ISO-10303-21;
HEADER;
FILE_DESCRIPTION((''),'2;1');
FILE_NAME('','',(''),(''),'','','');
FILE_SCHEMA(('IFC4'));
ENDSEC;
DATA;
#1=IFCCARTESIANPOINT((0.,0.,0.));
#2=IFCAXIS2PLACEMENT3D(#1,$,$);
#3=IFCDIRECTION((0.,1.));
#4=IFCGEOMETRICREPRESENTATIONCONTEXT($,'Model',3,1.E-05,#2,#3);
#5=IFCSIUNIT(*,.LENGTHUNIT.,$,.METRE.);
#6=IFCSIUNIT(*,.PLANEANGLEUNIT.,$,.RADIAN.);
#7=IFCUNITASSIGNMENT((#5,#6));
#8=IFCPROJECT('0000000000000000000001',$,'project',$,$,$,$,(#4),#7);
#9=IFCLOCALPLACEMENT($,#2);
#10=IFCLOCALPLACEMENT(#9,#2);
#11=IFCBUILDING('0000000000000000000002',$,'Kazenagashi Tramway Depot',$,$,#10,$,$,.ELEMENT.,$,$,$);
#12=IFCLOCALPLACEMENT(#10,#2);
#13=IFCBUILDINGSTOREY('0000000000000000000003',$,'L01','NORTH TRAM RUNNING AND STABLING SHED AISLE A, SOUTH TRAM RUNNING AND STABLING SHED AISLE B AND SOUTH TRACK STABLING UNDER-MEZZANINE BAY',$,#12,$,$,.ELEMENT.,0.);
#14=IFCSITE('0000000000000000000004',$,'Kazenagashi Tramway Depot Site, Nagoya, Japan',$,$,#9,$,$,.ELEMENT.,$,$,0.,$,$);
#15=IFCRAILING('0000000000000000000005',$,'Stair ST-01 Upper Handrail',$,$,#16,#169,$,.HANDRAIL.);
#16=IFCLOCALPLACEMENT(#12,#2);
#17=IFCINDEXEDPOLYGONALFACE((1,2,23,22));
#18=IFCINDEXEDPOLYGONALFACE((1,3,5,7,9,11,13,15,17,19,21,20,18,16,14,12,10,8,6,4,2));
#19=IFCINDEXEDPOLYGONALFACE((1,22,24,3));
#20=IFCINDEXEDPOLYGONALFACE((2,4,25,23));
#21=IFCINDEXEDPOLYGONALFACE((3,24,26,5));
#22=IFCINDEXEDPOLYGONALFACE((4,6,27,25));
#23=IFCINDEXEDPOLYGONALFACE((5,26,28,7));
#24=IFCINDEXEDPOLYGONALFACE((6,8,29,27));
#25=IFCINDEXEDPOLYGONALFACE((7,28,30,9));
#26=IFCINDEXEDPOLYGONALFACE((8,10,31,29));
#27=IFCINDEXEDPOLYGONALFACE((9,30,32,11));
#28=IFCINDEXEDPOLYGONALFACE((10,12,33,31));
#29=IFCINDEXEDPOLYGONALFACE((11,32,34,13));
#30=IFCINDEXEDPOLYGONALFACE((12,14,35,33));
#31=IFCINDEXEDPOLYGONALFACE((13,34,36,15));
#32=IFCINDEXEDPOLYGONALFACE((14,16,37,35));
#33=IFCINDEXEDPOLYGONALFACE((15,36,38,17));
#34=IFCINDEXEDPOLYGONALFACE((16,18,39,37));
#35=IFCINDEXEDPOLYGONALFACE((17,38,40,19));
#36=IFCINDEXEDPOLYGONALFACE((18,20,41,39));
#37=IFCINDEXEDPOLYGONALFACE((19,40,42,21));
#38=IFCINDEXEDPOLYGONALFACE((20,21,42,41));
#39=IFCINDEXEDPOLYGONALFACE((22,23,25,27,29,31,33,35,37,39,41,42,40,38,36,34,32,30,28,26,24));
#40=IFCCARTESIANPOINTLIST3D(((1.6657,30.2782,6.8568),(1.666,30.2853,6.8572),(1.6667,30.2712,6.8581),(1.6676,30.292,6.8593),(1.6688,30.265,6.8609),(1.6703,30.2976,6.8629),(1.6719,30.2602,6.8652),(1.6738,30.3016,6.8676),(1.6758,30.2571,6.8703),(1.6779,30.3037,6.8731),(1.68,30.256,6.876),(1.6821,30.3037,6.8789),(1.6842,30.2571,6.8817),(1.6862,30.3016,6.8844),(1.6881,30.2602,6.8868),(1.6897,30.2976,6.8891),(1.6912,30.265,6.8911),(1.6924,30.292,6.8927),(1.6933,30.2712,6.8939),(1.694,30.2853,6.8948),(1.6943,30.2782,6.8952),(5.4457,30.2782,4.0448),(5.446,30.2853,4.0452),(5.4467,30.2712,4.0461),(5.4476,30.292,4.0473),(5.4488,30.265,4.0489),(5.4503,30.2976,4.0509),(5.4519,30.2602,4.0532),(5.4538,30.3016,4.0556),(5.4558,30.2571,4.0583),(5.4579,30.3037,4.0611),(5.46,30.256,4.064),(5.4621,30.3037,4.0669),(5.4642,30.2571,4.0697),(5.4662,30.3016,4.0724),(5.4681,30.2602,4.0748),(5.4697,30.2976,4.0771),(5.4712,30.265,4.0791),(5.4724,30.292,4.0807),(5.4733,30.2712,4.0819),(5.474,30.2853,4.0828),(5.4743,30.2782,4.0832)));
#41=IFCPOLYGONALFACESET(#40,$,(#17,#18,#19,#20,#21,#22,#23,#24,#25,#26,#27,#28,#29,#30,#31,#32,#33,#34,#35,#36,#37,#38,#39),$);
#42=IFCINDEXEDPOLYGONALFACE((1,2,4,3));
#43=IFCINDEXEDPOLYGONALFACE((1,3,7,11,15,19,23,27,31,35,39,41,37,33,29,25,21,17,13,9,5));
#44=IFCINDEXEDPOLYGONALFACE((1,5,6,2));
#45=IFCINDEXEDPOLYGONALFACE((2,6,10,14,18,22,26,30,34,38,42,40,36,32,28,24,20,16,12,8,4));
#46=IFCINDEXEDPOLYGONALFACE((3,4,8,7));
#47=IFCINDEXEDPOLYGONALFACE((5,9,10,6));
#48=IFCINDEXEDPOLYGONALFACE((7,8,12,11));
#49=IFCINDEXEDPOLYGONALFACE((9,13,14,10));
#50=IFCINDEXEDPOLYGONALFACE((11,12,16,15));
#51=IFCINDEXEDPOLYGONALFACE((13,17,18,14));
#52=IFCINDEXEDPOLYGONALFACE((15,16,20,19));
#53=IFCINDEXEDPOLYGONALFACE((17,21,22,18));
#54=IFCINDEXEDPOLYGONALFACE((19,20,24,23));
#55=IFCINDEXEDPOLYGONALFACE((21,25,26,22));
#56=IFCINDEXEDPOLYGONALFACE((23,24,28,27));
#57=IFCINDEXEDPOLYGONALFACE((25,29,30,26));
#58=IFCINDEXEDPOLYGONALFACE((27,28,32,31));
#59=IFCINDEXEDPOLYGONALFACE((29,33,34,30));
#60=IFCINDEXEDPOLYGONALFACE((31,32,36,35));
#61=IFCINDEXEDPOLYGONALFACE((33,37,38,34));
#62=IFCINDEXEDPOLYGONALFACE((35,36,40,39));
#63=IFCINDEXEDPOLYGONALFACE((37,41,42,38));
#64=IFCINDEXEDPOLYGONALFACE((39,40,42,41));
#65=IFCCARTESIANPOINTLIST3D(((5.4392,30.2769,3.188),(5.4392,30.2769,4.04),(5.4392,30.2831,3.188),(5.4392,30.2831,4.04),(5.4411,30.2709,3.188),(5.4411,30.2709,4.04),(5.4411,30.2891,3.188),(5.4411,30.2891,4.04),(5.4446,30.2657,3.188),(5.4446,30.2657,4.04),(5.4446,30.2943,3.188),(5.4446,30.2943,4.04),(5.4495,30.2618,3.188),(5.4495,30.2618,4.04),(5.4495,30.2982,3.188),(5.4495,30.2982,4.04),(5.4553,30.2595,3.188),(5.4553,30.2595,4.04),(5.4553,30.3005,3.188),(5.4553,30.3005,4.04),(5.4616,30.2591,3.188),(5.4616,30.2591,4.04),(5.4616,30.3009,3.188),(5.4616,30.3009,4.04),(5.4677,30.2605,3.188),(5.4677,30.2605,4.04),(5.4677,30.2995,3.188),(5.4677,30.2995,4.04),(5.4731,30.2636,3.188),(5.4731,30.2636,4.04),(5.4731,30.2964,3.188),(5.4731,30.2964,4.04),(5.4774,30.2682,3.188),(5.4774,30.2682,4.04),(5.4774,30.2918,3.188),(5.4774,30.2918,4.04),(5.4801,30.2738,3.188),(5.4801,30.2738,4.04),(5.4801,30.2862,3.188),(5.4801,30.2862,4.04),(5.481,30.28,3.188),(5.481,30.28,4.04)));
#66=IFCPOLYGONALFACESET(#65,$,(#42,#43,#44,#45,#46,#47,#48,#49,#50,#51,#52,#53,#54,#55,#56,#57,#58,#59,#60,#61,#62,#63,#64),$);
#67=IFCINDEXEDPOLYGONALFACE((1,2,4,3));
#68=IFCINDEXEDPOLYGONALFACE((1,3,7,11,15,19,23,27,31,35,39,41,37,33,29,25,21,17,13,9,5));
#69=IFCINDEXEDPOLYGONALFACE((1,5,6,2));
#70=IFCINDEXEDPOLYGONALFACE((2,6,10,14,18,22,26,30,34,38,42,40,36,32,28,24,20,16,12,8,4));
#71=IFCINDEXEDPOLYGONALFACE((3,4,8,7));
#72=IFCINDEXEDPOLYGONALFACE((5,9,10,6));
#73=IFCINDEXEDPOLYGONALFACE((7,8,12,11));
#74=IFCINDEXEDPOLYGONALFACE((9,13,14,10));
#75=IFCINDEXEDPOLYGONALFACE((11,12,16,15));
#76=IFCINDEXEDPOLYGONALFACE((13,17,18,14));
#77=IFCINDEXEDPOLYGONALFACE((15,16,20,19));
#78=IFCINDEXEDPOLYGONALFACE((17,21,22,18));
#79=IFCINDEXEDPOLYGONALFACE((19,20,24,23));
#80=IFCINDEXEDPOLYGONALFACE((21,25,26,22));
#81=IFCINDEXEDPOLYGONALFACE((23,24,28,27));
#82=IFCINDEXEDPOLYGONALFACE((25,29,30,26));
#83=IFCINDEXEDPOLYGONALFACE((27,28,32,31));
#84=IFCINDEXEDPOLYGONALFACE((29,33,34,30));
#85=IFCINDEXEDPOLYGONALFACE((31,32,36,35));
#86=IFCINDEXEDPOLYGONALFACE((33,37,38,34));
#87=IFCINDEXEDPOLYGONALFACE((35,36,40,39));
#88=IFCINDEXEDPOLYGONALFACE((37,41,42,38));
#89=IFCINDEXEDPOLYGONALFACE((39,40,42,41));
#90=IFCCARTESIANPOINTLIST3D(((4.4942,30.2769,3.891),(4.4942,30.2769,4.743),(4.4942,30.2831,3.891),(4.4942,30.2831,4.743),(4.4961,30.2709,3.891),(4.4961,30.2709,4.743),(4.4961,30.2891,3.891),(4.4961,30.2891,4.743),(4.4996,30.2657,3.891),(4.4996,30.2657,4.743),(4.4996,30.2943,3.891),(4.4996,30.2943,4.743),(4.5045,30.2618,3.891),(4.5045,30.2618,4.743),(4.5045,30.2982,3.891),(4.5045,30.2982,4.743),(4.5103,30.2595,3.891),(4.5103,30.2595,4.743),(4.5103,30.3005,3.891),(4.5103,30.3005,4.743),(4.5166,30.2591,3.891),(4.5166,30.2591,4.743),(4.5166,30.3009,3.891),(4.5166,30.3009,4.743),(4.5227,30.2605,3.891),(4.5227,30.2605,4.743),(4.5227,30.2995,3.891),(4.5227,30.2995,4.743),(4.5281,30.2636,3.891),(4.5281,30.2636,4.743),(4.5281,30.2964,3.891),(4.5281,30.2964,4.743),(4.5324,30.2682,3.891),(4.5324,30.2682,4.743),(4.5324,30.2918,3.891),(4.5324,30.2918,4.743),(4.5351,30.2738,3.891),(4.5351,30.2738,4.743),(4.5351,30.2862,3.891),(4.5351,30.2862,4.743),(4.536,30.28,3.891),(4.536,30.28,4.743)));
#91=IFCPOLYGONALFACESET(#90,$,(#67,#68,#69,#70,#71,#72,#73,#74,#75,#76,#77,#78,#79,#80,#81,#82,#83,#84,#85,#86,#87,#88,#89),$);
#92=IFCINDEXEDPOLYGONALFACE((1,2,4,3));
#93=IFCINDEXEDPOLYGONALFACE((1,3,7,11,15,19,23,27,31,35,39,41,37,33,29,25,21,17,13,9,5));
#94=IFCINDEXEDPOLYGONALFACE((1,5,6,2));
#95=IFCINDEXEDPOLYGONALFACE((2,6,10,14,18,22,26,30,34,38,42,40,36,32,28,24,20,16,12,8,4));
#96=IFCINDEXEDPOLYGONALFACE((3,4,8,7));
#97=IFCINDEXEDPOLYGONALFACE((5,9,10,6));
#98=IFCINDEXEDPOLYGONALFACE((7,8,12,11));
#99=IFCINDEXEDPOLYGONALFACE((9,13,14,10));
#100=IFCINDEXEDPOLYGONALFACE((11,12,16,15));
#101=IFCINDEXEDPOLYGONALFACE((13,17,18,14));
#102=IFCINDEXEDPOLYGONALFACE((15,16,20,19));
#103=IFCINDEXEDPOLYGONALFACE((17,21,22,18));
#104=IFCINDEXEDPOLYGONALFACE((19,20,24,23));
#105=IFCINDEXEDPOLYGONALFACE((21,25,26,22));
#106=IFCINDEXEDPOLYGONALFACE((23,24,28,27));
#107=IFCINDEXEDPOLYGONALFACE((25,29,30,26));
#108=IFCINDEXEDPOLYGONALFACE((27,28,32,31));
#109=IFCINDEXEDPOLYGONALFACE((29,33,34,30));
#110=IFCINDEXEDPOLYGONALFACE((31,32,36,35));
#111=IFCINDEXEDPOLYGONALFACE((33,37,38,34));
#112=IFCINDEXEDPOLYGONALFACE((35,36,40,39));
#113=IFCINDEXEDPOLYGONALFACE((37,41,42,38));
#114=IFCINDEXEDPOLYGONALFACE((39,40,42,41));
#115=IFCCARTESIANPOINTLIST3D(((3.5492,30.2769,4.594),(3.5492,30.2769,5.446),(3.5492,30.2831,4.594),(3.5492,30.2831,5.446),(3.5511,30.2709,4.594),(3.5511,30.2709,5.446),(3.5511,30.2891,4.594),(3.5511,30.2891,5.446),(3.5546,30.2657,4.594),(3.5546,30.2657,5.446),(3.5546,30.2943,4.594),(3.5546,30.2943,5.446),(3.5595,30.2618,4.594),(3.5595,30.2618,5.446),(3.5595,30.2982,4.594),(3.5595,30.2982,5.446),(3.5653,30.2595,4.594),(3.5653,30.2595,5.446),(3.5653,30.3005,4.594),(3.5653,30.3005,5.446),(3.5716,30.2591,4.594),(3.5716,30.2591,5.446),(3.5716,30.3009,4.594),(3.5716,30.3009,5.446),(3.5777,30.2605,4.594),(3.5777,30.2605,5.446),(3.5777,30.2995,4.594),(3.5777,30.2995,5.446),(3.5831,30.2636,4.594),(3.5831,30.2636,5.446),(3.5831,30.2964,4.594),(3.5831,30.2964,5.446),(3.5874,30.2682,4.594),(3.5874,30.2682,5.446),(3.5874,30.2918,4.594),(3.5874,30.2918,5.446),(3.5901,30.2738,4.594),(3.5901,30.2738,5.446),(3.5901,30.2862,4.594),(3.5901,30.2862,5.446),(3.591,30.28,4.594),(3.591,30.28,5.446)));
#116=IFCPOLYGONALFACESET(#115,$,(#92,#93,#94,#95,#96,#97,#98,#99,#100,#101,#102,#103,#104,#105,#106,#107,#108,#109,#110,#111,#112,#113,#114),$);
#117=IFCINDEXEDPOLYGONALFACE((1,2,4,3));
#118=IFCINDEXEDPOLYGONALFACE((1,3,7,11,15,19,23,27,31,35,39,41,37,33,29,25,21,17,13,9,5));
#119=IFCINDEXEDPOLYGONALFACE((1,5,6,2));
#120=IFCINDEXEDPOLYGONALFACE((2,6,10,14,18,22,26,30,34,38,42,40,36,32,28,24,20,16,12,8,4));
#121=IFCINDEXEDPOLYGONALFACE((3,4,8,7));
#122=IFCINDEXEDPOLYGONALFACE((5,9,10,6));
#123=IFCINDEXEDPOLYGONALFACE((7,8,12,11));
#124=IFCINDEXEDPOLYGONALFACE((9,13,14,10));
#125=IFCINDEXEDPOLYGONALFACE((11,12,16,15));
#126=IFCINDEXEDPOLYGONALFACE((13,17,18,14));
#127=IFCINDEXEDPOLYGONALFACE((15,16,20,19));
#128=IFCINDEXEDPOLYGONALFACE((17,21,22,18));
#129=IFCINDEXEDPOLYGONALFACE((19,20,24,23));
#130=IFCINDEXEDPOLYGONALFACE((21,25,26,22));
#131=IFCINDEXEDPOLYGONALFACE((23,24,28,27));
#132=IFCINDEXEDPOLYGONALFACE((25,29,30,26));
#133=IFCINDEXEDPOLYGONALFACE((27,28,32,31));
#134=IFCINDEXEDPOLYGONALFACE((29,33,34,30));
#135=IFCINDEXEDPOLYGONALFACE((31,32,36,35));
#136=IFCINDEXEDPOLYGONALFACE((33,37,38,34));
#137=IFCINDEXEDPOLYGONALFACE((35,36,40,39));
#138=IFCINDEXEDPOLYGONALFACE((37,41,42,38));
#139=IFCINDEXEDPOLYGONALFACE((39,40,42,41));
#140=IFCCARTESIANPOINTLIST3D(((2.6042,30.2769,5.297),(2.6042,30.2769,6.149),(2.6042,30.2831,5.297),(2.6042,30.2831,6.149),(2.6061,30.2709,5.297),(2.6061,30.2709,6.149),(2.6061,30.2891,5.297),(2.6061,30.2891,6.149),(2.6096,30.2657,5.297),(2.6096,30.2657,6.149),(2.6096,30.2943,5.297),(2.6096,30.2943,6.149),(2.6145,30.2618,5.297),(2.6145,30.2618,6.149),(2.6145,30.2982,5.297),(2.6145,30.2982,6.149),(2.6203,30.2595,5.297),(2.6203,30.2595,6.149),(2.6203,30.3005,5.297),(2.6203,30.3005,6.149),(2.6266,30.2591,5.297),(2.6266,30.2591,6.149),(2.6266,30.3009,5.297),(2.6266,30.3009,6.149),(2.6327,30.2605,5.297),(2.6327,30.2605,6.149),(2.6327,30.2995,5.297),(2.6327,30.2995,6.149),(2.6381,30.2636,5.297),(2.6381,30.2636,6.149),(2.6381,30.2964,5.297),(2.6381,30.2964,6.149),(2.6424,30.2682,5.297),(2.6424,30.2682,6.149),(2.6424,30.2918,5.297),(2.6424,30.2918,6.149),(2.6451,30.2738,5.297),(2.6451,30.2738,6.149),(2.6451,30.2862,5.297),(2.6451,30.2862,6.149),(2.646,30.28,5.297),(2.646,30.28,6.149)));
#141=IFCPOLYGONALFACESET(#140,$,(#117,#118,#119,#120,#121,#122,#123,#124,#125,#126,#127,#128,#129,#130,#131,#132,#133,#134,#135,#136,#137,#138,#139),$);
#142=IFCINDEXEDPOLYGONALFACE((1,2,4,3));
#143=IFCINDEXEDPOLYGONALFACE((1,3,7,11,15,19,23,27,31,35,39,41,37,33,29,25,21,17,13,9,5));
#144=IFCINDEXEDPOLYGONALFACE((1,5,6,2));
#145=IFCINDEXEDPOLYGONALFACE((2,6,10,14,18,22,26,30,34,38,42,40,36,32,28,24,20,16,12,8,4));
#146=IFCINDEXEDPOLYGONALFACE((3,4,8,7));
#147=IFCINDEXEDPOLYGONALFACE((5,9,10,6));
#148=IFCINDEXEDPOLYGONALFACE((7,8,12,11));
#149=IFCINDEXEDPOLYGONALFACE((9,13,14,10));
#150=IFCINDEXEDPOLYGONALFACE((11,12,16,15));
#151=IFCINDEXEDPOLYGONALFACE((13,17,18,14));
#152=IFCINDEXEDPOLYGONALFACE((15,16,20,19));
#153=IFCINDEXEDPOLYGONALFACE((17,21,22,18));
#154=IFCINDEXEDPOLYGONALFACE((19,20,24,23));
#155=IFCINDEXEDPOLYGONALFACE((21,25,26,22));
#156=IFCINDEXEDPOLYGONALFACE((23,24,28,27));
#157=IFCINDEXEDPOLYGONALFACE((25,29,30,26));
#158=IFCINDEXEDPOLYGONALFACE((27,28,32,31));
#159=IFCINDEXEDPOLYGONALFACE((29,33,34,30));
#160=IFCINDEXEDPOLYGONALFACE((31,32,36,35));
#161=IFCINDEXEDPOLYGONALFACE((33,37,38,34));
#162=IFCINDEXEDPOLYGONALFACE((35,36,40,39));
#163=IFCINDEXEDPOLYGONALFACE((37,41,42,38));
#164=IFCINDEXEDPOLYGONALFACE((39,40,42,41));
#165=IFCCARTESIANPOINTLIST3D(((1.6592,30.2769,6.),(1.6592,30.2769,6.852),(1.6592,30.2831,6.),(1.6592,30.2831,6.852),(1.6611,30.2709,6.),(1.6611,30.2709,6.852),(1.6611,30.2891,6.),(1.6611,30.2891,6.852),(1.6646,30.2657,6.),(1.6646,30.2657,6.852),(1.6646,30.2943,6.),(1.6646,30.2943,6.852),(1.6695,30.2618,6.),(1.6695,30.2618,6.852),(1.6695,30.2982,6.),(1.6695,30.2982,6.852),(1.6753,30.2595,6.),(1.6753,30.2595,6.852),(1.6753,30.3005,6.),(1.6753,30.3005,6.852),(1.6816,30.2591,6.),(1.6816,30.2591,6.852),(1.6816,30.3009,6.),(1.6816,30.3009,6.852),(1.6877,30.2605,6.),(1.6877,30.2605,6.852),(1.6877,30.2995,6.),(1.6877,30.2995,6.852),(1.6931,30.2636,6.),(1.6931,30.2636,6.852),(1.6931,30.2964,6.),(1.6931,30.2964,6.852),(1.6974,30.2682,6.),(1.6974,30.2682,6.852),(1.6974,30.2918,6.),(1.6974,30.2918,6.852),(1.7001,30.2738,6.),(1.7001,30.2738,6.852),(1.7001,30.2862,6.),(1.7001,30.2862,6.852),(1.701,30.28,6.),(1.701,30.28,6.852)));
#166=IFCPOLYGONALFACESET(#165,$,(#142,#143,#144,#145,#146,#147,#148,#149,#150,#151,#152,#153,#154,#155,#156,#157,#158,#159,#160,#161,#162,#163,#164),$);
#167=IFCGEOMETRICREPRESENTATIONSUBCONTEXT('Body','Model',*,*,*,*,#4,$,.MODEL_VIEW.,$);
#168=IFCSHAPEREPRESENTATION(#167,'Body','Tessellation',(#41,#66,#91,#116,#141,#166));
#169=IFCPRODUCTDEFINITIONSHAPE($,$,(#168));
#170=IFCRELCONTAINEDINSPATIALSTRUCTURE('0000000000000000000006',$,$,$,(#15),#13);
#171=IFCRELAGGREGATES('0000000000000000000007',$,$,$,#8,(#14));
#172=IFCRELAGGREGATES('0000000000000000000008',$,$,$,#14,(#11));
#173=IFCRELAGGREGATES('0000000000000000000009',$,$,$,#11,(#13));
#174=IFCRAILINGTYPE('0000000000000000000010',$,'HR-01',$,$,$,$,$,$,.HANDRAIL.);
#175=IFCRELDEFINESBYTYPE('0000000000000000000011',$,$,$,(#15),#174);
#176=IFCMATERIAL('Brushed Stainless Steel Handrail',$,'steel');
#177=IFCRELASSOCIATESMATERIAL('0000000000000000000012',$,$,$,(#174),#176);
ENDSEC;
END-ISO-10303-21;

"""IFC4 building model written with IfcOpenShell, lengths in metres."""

from ifc_helpers import new_model, si_unit, direction, frame, origin, origin_2d, place, context, subcontext, project, spatial, circle, extrude, material, type_object, element, save


model = new_model("IFC4")

# Units and contexts
model_context = context("Model", 3, precision=1e-05, world=origin(), true_north=direction((0.0, 1.0)))
body_context = subcontext(model_context, "Body", "Model", "MODEL_VIEW")
ifc_project = project(units=[si_unit("LENGTHUNIT", "METRE"), si_unit("PLANEANGLEUNIT", "RADIAN")], contexts=[model_context])

# Site, building, storey
site_placement = place(None, origin())
site = spatial("IfcSite", under=ifc_project, at=site_placement, Name="Kazenagashi Tramway Depot Site, Nagoya, Japan", CompositionType="ELEMENT", RefElevation=0.0)
building_placement = place(site_placement, origin())
building = spatial("IfcBuilding", under=site, at=building_placement, Name="Kazenagashi Tramway Depot", CompositionType="ELEMENT")
storey_placement = place(building_placement, origin())
storey = spatial("IfcBuildingStorey", under=building, at=storey_placement, Name="L01", Description="NORTH TRAM RUNNING AND STABLING SHED AISLE A, SOUTH TRAM RUNNING AND STABLING SHED AISLE B AND SOUTH TRACK STABLING UNDER-MEZZANINE BAY", CompositionType="ELEMENT", Elevation=0.0)

# Railing
ifc_material_1 = material(Name="Brushed Stainless Steel Handrail", Category="steel")
railing_type = type_object("IfcRailingType", Name="HR-01", PredefinedType="HANDRAIL", material=ifc_material_1)
railing_1_placement = place(storey_placement, frame((5.46, 30.28, 3.188)))
element("IfcRailing", 1, at=railing_1_placement, inside=storey, type_object=railing_type, Name="Stair ST-01 Upper Handrail", PredefinedType="HANDRAIL", context=body_context, shape_type="SweptSolid", body=[
    extrude(circle(Radius=0.024, at=origin_2d()), frame((0.0, 0.0, 0.876), z_axis=(-0.802337, 0.0, 0.596871), x_axis=(0.0, -1.0, 0.0)), (0.0, 0.0, 1.0), 4.7112),
    extrude(circle(Radius=0.021, at=origin_2d()), origin(), (0.0, 0.0, 1.0), 0.852),
    extrude(circle(Radius=0.021, at=origin_2d()), frame((-0.945, 0.0, 0.703)), (0.0, 0.0, 1.0), 0.852),
    extrude(circle(Radius=0.021, at=origin_2d()), frame((-1.89, 0.0, 1.406)), (0.0, 0.0, 1.0), 0.852),
    extrude(circle(Radius=0.021, at=origin_2d()), frame((-2.835, 0.0, 2.109)), (0.0, 0.0, 1.0), 0.852),
    extrude(circle(Radius=0.021, at=origin_2d()), frame((-3.78, 0.0, 2.812)), (0.0, 0.0, 1.0), 0.852),
])

save(model, "model.ifc")
